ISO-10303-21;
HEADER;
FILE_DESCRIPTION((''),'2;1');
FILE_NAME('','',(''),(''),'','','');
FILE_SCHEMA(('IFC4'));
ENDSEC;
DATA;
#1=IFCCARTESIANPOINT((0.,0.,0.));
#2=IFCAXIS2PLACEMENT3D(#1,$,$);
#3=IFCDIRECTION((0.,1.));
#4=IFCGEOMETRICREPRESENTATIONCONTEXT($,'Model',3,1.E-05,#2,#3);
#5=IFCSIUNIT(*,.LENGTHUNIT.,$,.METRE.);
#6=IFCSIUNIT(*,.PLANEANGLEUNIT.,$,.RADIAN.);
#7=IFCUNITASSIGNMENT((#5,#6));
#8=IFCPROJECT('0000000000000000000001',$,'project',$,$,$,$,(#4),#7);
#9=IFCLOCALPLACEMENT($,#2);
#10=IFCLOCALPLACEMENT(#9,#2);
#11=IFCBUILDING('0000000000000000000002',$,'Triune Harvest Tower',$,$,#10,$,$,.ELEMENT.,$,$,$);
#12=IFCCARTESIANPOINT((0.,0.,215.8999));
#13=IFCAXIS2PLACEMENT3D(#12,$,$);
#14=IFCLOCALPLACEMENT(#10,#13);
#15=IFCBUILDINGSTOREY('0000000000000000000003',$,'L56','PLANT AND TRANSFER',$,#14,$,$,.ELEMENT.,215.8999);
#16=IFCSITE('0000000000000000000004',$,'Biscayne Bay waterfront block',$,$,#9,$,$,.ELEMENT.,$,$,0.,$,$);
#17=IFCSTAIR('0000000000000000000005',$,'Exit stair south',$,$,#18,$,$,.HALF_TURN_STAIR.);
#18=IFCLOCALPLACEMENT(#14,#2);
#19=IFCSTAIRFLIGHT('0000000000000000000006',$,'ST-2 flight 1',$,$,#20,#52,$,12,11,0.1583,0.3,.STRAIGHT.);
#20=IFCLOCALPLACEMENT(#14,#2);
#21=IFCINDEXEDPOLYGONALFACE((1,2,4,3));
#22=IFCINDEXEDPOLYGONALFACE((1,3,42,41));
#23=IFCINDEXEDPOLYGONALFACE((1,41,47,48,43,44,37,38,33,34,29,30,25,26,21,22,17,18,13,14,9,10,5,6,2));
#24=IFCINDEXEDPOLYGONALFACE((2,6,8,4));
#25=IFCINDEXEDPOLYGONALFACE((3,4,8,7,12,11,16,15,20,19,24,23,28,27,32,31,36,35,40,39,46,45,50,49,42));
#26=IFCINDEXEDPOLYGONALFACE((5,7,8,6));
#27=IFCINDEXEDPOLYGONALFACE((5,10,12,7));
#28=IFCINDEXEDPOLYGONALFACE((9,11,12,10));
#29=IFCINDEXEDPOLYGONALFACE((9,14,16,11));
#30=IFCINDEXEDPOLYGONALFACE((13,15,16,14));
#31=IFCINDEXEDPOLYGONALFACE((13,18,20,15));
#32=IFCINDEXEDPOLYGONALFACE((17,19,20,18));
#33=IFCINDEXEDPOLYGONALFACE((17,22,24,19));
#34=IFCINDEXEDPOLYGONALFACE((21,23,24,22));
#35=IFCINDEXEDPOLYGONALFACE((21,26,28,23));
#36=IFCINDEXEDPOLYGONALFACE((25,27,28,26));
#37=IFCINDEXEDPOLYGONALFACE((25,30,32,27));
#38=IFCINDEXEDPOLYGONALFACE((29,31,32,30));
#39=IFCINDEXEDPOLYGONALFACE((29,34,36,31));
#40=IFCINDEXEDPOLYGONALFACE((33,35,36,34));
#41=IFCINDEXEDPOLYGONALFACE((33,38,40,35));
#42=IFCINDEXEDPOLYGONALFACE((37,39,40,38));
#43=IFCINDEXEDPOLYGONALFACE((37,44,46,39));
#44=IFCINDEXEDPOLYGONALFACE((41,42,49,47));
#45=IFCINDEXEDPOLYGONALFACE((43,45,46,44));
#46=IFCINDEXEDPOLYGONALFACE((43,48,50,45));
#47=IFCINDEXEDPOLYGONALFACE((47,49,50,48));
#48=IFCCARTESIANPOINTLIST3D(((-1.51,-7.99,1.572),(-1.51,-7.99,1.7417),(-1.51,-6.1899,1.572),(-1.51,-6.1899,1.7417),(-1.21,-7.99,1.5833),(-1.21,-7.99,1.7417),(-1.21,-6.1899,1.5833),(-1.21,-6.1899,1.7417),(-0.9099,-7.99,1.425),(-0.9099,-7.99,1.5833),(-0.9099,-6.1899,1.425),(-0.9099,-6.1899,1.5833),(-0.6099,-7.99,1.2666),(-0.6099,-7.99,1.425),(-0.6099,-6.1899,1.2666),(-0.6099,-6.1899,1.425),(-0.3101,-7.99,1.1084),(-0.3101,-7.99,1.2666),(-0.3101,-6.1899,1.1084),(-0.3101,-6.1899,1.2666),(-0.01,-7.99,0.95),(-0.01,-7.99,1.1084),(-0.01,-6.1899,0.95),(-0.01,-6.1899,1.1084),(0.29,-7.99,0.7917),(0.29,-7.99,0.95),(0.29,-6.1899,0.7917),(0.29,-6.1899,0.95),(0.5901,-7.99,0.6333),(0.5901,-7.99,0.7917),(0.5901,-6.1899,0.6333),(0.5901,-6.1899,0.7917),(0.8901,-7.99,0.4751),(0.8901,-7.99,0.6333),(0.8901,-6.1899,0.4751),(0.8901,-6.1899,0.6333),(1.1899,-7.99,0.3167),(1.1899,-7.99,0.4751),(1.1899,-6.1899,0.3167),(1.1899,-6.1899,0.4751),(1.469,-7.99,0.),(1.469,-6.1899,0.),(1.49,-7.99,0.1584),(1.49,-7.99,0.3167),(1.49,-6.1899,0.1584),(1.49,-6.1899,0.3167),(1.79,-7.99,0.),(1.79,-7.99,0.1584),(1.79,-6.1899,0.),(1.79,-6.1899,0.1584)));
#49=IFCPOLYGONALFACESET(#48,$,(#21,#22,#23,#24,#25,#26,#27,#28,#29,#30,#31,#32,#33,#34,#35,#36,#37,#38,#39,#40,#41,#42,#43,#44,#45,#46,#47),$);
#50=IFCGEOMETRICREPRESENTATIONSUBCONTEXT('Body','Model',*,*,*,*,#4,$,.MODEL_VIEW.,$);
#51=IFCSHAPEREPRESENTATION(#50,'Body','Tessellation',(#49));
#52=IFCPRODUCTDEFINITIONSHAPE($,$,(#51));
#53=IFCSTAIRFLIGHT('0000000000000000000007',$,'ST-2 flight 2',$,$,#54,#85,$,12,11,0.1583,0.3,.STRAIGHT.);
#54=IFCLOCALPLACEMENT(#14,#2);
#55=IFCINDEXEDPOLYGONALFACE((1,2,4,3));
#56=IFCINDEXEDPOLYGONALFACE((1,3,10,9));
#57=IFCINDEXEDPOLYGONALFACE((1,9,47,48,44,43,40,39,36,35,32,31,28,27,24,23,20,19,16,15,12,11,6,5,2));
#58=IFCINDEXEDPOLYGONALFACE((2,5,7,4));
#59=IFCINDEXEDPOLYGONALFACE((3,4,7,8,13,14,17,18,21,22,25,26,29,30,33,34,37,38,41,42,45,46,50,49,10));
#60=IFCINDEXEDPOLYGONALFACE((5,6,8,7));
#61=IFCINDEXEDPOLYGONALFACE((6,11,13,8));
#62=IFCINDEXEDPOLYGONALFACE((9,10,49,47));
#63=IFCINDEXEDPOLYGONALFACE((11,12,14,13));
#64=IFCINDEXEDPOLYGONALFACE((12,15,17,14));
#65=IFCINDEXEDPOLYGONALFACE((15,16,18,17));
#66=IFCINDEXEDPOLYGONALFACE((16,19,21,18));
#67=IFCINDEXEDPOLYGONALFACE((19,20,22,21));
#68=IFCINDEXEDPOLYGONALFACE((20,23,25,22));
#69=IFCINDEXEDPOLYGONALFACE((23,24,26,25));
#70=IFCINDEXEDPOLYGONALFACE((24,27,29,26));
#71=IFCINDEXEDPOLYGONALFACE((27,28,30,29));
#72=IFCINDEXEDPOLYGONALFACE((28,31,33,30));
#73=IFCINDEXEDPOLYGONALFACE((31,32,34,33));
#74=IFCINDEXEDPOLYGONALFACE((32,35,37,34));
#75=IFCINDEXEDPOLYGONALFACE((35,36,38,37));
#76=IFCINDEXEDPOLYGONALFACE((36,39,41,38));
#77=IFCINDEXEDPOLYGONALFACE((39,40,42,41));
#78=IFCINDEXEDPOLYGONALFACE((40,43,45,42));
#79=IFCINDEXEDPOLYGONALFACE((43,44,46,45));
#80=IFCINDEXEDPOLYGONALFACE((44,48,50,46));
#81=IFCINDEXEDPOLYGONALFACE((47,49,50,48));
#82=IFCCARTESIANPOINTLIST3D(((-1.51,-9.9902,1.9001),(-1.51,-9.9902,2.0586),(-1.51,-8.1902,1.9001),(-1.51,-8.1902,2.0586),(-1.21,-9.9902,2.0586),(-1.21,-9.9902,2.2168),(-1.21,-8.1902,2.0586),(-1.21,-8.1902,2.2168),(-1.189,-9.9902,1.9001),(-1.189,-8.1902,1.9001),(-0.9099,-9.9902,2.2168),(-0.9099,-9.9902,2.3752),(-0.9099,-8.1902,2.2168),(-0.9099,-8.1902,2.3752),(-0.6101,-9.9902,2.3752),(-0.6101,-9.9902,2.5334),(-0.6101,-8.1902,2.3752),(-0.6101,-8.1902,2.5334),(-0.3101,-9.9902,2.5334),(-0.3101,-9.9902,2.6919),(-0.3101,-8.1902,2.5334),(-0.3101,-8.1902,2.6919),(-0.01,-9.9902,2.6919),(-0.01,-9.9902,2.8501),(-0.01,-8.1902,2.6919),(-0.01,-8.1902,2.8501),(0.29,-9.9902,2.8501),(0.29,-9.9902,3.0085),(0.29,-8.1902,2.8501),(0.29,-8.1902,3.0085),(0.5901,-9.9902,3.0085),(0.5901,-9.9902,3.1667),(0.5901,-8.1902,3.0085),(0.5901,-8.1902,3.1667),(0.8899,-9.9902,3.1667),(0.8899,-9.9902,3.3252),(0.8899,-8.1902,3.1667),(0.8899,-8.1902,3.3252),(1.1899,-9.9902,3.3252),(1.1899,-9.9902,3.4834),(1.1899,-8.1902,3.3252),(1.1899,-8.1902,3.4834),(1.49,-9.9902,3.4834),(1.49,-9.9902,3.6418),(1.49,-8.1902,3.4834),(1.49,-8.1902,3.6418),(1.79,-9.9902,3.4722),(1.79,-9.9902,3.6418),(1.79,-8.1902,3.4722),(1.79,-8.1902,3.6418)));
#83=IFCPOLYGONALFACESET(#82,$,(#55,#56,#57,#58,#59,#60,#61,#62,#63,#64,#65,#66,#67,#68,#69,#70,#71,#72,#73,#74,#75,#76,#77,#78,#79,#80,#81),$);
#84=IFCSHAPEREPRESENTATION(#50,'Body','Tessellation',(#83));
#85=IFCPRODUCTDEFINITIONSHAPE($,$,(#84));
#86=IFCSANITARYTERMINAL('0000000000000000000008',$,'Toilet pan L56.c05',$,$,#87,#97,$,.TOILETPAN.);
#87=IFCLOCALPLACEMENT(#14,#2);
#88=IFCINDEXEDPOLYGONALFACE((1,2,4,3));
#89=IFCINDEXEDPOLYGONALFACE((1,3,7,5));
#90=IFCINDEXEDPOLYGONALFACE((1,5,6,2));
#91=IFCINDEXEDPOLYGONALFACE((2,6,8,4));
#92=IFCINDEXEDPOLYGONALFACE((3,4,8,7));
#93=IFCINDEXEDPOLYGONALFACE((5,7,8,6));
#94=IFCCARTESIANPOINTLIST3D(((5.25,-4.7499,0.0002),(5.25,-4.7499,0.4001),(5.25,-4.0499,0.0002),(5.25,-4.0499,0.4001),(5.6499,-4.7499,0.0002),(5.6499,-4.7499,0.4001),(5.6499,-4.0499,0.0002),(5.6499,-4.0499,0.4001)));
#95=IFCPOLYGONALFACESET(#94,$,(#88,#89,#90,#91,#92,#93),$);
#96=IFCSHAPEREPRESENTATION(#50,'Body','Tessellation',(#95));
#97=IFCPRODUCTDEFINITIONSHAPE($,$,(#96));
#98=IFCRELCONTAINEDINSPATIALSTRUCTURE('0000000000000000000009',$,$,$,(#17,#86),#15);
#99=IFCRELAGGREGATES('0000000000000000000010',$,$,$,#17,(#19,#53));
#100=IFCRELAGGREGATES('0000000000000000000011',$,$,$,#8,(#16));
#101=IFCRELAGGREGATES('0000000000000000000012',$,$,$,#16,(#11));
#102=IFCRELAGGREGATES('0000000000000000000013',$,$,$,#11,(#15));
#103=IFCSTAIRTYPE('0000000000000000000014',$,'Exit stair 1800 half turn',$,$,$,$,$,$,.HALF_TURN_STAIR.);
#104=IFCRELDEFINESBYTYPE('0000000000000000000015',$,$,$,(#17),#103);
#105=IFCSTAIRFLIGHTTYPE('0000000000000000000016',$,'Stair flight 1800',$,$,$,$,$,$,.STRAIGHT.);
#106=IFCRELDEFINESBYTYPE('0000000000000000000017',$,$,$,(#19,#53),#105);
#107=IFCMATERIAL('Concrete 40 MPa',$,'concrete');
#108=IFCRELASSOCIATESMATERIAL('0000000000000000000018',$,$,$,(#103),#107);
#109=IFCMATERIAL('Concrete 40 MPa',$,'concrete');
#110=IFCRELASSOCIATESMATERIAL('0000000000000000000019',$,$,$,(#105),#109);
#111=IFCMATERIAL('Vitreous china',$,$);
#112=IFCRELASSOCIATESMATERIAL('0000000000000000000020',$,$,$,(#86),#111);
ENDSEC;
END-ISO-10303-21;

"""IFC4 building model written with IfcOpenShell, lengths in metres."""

from ifc_helpers import new_model, si_unit, direction, frame, origin, origin_2d, place, context, subcontext, project, spatial, polyline, rectangle, outline, extrude, source, transform, mapped, material, type_object, element, aggregate, save


model = new_model("IFC4")

# Units and contexts
model_context = context("Model", 3, precision=1e-05, world=origin(), true_north=direction((0.0, 1.0)))
body_context = subcontext(model_context, "Body", "Model", "MODEL_VIEW")
ifc_project = project(units=[si_unit("LENGTHUNIT", "METRE"), si_unit("PLANEANGLEUNIT", "RADIAN")], contexts=[model_context])

# Site, building, storey
site_placement = place(None, origin())
site = spatial("IfcSite", under=ifc_project, at=site_placement, Name="Biscayne Bay waterfront block", CompositionType="ELEMENT", RefElevation=0.0)
building_placement = place(site_placement, origin())
building = spatial("IfcBuilding", under=site, at=building_placement, Name="Triune Harvest Tower", CompositionType="ELEMENT")
storey_placement = place(building_placement, frame((0.0, 0.0, 215.8999)))
storey = spatial("IfcBuildingStorey", under=building, at=storey_placement, Name="L56", Description="PLANT AND TRANSFER", CompositionType="ELEMENT", Elevation=215.8999)

# Stair, stair flights
ifc_material_1 = material(Name="Concrete 40 MPa", Category="concrete")
stair_type = type_object("IfcStairType", Name="Exit stair 1800 half turn", PredefinedType="HALF_TURN_STAIR", material=ifc_material_1)
stair_placement = place(storey_placement, origin())
stair = element("IfcStair", 1, at=stair_placement, inside=storey, type_object=stair_type, Name="Exit stair south", PredefinedType="HALF_TURN_STAIR")
ifc_material_2 = material(Name="Concrete 40 MPa", Category="concrete")
stair_flight_type = type_object("IfcStairFlightType", Name="Stair flight 1800", PredefinedType="STRAIGHT", material=ifc_material_2)
shared_shape_1 = source(origin(), body_context, "Body", "SweptSolid", [
    extrude(outline(polyline([(0.0, 0.0), (0.0, 0.1584), (0.3, 0.1584), (0.3, 0.3167), (0.6001, 0.3167), (0.6001, 0.4751), (0.8999, 0.4751), (0.8999, 0.6333), (1.2, 0.6333), (1.2, 0.7917), (1.5, 0.7917), (1.5, 0.95), (1.8, 0.95), (1.8, 1.1084), (2.1001, 1.1084), (2.1001, 1.2666), (2.3999, 1.2666), (2.3999, 1.425), (2.7, 1.425), (2.7, 1.5833), (3.0, 1.5833), (3.0, 1.7417), (3.3, 1.7417), (3.3, 1.8999), (3.3, 1.572), (0.321, 0.0), (0.0, 0.0)])), frame((0.0, 0.8999, 0.0), z_axis=(0.0, -1.0, 0.0), x_axis=(1.0, 0.0, 0.0)), (0.0, 0.0, 1.0), 1.8),
])
stair_flight_1_placement = place(storey_placement, frame((1.79, -7.0901, 0.0), z_axis=(0.0, 0.0, 1.0), x_axis=(-1.0, 0.0, 0.0)))
stair_flight_1 = element("IfcStairFlight", 2, at=stair_flight_1_placement, type_object=stair_flight_type, Name="ST-2 flight 1", NumberOfRisers=12, NumberOfTreads=11, PredefinedType="STRAIGHT", RiserHeight=0.1583, TreadLength=0.3, context=body_context, shape_type="MappedRepresentation", body=[
    mapped(shared_shape_1, transform((0.0, 0.0, 0.0), scale=1.0)),
])
stair_flight_2_placement = place(storey_placement, frame((-1.51, -9.0901, 1.9001), z_axis=(0.0, 0.0, 1.0), x_axis=(1.0, 0.0, 0.0)))
stair_flight_2 = element("IfcStairFlight", 3, at=stair_flight_2_placement, type_object=stair_flight_type, Name="ST-2 flight 2", NumberOfRisers=12, NumberOfTreads=11, PredefinedType="STRAIGHT", RiserHeight=0.1583, TreadLength=0.3, context=body_context, shape_type="MappedRepresentation", body=[
    mapped(shared_shape_1, transform((0.0, 0.0, 0.0), scale=1.0)),
])
aggregate(stair, [stair_flight_1, stair_flight_2])

# Sanitary terminal
ifc_material_3 = material(Name="Vitreous china")
shared_shape_2 = source(origin(), body_context, "Body", "SweptSolid", [
    extrude(rectangle(XDim=0.3999, YDim=0.7, at=origin_2d()), origin(), (0.0, 0.0, 1.0), 0.3999),
])
sanitary_terminal_placement = place(storey_placement, frame((5.45, -4.3999, 0.0002), z_axis=(0.0, 0.0, 1.0), x_axis=(1.0, 0.0, 0.0)))
element("IfcSanitaryTerminal", 4, at=sanitary_terminal_placement, inside=storey, material=ifc_material_3, Name="Toilet pan L56.c05", PredefinedType="TOILETPAN", context=body_context, shape_type="MappedRepresentation", body=[
    mapped(shared_shape_2, transform((0.0, 0.0, 0.0), scale=1.0)),
])

save(model, "model.ifc")
